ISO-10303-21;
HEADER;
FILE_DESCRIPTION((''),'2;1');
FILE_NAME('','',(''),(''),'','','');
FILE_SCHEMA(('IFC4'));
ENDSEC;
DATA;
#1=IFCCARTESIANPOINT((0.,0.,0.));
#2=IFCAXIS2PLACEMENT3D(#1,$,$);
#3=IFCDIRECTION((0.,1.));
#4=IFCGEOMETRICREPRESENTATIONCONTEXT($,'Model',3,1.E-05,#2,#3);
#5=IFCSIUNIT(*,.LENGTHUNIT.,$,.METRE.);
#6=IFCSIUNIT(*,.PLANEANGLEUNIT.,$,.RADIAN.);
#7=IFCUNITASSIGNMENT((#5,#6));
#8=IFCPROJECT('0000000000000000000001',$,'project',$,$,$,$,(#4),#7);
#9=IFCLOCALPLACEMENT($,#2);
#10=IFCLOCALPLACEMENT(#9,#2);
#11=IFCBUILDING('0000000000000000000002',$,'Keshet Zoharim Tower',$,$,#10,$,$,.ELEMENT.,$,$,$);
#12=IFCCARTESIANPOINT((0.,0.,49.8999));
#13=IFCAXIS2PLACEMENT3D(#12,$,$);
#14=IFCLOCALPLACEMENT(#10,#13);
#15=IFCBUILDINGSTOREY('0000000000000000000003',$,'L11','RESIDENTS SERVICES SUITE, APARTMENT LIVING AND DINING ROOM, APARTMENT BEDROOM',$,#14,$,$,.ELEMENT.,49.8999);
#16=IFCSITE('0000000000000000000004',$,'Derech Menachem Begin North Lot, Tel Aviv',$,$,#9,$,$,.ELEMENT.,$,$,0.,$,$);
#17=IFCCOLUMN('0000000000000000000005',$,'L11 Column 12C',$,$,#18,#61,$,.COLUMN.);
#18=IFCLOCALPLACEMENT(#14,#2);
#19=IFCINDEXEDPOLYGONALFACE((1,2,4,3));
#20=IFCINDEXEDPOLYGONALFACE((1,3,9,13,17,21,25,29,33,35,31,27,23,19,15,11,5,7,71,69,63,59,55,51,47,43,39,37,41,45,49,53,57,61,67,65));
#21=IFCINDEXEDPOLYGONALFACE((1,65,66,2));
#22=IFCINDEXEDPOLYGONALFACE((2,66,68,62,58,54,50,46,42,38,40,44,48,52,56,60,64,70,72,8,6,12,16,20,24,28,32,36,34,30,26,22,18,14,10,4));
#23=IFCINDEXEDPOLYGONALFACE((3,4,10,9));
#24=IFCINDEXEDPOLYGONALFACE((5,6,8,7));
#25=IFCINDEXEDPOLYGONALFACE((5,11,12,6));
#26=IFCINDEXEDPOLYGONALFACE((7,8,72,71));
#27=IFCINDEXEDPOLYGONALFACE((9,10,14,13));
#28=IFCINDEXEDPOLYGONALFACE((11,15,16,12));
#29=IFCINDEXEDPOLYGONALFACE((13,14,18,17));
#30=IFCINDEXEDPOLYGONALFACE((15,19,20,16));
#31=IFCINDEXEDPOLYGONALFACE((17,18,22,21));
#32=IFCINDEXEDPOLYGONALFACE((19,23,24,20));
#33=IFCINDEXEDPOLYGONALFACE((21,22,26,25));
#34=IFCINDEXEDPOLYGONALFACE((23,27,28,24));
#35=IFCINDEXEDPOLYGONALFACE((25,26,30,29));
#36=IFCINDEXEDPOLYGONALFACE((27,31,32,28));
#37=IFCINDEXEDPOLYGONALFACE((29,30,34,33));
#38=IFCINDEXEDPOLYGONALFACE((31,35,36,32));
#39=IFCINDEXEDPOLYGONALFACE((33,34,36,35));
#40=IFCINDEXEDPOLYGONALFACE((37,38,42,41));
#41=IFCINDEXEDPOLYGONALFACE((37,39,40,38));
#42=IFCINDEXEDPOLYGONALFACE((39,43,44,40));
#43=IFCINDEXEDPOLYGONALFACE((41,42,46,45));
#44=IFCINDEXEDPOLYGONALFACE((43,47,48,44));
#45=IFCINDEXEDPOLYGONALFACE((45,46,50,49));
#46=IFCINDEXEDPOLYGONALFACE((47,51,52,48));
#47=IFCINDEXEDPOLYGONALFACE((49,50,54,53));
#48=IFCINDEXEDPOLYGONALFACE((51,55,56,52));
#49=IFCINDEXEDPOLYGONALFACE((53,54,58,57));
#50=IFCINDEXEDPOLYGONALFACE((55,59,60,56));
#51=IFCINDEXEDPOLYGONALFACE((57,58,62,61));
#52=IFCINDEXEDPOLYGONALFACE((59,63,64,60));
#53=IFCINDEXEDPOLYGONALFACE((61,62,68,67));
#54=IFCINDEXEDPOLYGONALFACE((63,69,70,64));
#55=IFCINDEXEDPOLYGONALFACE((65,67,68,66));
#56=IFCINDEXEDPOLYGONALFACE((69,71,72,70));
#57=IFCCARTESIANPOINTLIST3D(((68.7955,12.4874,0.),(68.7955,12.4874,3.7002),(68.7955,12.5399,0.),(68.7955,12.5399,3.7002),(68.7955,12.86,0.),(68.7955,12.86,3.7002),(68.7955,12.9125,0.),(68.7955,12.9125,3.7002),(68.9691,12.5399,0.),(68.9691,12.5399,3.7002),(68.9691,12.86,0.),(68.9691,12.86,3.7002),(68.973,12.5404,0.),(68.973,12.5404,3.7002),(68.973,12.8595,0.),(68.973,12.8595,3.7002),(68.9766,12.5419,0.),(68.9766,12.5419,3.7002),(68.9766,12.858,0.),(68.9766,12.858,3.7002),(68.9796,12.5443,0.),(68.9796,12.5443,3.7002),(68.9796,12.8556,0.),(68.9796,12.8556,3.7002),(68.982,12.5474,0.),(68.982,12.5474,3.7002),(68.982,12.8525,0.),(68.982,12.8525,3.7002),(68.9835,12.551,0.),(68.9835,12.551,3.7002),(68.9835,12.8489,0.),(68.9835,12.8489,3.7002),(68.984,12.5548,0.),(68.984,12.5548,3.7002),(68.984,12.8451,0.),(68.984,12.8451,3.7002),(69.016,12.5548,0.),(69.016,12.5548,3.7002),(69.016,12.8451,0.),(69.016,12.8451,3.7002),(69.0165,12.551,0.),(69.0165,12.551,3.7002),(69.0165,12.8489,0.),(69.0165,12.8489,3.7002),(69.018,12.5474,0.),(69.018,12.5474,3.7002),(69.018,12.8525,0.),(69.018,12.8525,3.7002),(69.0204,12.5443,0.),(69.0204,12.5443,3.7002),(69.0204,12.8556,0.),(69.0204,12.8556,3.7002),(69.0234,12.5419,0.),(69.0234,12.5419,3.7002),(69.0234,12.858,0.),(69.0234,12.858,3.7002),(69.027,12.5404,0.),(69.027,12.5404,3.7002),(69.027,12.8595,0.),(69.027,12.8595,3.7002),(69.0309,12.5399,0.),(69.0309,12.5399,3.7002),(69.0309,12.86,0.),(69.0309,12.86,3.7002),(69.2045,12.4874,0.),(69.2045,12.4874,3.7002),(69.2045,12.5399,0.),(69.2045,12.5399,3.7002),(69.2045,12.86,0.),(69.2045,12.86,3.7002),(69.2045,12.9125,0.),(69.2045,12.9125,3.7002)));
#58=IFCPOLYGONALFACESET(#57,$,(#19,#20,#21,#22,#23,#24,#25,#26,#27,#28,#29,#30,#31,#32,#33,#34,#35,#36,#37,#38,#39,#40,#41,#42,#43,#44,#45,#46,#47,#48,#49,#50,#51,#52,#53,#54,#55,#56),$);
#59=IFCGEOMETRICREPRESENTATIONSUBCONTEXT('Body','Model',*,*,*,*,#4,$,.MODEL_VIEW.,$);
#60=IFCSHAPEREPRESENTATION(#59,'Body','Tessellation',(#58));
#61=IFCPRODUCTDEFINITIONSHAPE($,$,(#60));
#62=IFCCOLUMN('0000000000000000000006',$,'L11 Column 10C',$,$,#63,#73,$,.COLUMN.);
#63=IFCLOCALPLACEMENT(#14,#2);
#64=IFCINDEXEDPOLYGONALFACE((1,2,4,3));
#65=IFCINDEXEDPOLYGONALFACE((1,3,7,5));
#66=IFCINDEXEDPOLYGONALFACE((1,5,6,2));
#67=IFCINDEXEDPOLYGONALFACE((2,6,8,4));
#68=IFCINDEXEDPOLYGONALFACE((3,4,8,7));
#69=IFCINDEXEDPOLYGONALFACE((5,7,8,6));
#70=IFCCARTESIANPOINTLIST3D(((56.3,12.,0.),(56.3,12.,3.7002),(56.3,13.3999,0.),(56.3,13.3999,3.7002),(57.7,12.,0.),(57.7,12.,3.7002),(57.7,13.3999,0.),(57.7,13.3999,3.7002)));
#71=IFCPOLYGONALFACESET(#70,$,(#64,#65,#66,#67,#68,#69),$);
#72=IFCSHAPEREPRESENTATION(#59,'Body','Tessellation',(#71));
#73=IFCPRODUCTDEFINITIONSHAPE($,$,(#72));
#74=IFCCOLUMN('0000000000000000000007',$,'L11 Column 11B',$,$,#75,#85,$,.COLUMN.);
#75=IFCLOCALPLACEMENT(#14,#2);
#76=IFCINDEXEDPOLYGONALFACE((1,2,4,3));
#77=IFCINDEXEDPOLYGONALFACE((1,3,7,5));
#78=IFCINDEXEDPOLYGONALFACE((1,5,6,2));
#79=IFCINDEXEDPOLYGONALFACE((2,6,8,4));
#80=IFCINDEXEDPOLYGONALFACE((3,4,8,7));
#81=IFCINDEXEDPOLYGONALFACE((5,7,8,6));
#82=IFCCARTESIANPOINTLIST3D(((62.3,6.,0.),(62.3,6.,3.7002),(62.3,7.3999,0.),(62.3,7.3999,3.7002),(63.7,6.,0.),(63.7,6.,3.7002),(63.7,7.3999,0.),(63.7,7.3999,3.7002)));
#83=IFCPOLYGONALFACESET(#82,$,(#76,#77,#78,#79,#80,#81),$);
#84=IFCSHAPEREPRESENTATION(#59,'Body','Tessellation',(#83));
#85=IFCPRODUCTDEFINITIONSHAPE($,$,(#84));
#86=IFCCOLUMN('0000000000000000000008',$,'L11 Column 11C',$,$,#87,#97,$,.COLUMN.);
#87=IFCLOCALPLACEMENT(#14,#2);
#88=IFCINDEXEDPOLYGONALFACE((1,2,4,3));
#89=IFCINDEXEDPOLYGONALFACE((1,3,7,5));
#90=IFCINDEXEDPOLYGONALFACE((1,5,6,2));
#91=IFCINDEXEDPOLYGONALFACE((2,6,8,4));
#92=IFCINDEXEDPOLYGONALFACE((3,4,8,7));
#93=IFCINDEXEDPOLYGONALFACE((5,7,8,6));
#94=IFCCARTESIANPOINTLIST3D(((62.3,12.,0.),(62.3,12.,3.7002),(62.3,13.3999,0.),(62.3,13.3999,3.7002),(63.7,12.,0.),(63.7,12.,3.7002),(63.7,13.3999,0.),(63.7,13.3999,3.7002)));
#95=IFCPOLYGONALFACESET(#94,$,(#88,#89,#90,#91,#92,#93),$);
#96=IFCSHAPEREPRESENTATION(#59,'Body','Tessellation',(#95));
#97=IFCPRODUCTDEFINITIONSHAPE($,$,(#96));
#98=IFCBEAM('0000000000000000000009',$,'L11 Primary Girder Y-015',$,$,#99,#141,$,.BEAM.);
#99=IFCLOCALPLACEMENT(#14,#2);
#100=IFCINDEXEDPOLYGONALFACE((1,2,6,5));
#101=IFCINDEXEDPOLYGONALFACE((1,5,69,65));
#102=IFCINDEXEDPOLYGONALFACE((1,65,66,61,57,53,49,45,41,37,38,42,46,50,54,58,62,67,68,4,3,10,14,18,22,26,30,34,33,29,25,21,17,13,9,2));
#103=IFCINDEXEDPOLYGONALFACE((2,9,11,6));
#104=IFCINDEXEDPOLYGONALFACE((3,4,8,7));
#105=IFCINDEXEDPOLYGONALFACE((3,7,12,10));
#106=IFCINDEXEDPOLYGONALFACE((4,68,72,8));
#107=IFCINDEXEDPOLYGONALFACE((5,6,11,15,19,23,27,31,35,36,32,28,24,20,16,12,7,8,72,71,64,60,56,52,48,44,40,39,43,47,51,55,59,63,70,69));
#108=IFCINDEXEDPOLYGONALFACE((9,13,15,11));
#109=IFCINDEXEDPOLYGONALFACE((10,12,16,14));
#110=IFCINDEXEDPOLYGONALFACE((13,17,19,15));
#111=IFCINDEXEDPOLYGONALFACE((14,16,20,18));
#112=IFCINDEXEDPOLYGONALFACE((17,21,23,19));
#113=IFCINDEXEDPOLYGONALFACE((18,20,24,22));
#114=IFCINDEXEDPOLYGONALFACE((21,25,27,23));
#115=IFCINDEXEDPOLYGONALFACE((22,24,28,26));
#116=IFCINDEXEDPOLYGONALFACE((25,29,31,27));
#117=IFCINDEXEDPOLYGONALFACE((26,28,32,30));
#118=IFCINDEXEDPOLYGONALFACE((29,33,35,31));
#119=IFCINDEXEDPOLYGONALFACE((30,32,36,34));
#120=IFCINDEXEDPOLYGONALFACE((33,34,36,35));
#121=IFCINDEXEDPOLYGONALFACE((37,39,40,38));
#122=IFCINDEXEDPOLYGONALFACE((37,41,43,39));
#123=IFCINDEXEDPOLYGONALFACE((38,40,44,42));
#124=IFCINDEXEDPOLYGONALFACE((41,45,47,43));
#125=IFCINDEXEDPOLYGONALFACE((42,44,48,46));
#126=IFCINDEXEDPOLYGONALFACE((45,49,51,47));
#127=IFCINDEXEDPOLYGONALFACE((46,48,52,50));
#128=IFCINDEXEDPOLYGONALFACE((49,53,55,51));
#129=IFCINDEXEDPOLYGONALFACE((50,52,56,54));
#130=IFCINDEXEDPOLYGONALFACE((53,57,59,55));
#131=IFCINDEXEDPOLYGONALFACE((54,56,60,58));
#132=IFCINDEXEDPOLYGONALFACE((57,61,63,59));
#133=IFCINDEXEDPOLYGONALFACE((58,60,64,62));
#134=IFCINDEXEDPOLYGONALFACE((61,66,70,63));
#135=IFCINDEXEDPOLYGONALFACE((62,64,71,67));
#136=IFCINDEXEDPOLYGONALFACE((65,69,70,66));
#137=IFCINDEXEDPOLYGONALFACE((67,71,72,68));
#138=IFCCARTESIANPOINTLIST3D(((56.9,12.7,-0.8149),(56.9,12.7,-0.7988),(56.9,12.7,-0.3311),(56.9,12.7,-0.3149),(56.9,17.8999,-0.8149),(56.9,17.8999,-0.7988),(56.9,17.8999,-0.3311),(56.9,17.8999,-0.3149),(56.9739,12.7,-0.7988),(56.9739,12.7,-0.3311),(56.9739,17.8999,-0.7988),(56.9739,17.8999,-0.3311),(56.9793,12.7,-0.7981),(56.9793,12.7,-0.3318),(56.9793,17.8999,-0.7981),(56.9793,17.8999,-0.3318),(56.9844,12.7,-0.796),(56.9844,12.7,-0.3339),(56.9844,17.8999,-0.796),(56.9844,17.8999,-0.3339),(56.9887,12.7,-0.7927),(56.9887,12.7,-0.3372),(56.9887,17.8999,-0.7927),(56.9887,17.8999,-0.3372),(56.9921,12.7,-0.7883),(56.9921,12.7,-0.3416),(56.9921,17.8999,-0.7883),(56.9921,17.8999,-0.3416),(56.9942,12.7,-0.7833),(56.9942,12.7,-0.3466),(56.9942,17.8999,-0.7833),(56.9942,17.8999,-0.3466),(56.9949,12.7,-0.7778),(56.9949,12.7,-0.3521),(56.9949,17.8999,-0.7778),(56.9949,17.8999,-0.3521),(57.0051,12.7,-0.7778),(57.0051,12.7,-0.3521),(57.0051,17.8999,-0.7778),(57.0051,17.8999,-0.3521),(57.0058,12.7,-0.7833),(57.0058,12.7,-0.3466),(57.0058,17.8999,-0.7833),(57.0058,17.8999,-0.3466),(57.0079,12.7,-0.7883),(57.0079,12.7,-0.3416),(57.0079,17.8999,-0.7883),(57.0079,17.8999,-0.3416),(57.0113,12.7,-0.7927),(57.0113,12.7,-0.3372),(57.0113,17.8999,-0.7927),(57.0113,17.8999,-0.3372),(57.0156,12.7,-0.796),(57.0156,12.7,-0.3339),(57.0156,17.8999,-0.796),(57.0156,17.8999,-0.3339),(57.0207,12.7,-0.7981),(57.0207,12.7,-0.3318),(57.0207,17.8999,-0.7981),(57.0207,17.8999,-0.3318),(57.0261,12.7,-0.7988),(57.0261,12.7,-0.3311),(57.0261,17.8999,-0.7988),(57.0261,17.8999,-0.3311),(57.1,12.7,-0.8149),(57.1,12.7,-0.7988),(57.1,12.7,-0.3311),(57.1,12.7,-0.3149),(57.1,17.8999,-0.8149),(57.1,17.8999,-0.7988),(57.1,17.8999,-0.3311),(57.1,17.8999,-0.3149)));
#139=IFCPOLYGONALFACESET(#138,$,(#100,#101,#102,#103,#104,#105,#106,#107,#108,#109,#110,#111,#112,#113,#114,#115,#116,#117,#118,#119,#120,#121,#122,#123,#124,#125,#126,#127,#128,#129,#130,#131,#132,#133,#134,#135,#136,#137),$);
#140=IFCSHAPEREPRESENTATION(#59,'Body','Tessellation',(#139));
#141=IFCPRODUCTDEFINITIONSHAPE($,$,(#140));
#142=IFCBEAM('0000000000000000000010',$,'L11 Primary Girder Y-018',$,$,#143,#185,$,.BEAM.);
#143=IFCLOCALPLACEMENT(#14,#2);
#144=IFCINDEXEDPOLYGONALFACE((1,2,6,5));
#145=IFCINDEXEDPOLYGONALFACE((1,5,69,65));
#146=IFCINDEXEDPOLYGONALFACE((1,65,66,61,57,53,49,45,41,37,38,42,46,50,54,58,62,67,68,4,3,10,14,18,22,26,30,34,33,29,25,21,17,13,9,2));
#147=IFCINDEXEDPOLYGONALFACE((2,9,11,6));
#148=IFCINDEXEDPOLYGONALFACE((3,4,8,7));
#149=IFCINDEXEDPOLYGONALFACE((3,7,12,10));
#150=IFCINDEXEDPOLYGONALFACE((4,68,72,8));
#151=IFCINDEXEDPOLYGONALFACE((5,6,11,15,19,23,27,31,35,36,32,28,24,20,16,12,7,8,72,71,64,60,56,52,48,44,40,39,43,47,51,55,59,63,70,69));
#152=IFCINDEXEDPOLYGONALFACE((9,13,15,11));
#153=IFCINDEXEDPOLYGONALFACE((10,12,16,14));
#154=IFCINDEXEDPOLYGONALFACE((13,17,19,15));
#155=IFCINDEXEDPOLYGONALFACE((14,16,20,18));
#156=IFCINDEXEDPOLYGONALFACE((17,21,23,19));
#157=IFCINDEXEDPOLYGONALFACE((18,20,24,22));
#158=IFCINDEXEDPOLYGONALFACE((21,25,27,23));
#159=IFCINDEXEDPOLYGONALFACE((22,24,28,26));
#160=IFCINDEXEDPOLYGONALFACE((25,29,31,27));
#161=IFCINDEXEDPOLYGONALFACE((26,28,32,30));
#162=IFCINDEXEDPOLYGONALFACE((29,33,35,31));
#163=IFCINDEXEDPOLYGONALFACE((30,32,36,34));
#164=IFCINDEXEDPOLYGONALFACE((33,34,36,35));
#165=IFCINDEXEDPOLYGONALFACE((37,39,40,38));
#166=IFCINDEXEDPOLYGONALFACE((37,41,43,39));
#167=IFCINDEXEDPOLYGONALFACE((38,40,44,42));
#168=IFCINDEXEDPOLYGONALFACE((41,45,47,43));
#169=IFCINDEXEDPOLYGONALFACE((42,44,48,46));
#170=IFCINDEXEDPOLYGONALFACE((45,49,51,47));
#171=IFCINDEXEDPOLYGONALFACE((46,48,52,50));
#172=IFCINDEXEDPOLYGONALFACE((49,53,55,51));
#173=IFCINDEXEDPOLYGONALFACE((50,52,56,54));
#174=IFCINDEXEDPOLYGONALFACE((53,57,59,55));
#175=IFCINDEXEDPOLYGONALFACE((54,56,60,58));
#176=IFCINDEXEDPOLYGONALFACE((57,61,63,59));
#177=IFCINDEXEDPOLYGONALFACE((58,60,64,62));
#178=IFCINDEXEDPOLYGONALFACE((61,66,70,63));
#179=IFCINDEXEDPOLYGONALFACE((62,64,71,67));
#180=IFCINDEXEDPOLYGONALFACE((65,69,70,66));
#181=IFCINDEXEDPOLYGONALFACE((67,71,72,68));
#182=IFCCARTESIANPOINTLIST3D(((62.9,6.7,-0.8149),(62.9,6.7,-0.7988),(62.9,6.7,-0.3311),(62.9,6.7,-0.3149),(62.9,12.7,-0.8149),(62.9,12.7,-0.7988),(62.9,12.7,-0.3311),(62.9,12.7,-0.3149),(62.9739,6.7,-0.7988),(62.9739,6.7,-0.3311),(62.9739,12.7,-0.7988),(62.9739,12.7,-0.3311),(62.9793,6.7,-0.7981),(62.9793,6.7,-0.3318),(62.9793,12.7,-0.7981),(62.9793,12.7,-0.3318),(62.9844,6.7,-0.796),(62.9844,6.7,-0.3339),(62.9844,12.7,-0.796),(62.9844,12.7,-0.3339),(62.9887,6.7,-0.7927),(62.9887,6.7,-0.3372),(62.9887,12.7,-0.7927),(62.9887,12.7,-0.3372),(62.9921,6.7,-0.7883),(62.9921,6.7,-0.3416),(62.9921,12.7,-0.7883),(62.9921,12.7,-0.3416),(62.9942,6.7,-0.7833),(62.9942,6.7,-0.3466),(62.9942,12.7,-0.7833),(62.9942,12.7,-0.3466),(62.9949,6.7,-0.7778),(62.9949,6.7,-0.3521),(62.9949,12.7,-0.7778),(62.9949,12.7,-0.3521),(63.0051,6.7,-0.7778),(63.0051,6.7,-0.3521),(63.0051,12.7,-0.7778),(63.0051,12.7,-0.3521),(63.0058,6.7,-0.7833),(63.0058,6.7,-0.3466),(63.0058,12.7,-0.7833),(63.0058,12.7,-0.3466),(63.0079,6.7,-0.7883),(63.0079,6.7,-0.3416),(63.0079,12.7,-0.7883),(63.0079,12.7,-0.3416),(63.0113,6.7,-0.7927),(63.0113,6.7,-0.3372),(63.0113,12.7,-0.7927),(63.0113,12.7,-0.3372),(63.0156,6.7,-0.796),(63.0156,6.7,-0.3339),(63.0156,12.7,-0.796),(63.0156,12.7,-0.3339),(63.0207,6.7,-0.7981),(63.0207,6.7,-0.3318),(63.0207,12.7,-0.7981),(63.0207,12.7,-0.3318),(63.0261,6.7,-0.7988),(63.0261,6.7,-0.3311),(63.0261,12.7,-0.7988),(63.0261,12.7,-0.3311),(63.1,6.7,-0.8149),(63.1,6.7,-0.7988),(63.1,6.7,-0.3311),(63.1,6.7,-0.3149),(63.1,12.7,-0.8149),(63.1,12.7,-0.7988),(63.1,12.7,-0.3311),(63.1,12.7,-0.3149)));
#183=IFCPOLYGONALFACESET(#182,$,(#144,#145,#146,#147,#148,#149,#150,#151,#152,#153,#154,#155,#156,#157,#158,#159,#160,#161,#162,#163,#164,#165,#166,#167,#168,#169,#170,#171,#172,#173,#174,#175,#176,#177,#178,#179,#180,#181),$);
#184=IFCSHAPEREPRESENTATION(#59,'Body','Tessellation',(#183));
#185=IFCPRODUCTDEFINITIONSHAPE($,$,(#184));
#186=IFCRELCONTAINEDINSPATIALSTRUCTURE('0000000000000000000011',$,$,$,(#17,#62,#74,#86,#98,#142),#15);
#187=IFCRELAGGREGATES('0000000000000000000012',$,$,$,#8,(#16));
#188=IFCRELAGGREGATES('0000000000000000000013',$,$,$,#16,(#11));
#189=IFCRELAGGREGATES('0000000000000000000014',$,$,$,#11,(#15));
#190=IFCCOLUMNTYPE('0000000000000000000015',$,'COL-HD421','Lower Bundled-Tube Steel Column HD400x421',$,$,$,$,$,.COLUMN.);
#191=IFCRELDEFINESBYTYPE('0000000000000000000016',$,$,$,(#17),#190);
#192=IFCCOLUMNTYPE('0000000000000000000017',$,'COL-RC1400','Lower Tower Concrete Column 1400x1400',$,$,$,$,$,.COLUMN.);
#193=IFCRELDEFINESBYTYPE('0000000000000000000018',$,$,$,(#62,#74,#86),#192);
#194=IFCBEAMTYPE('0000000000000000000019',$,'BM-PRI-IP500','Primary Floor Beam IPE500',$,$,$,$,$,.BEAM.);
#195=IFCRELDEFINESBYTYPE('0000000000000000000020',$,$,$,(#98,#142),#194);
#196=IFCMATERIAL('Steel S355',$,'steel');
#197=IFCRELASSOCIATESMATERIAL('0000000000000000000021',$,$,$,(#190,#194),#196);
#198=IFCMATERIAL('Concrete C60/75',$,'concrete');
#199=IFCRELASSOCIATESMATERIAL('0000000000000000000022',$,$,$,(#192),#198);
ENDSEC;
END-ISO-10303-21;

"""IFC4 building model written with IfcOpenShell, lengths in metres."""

from ifc_helpers import new_model, si_unit, direction, frame, origin, origin_2d, place, context, subcontext, project, spatial, rectangle, i_section, extrude, material, material_profile, profile_set, type_object, element, save


model = new_model("IFC4")

# Units and contexts
model_context = context("Model", 3, precision=1e-05, world=origin(), true_north=direction((0.0, 1.0)))
body_context = subcontext(model_context, "Body", "Model", "MODEL_VIEW")
ifc_project = project(units=[si_unit("LENGTHUNIT", "METRE"), si_unit("PLANEANGLEUNIT", "RADIAN")], contexts=[model_context])

# Site, building, storey
site_placement = place(None, origin())
site = spatial("IfcSite", under=ifc_project, at=site_placement, Name="Derech Menachem Begin North Lot, Tel Aviv", CompositionType="ELEMENT", RefElevation=0.0)
building_placement = place(site_placement, origin())
building = spatial("IfcBuilding", under=site, at=building_placement, Name="Keshet Zoharim Tower", CompositionType="ELEMENT")
storey_placement = place(building_placement, frame((0.0, 0.0, 49.8999)))
storey = spatial("IfcBuildingStorey", under=building, at=storey_placement, Name="L11", Description="RESIDENTS SERVICES SUITE, APARTMENT LIVING AND DINING ROOM, APARTMENT BEDROOM", CompositionType="ELEMENT", Elevation=49.8999)

# Columns
ifc_material_1 = material(Name="Steel S355", Category="steel")
ifc_material_profile_1 = material_profile(ifc_material_1, i_section(OverallWidth=0.4089, OverallDepth=0.425, WebThickness=0.032, FlangeThickness=0.0525, FilletRadius=0.0149, at=origin_2d()), Name="HD400x421")
ifc_profile_set_1 = profile_set([ifc_material_profile_1], Name="Steel S355")
column_type_1 = type_object("IfcColumnType", Name="COL-HD421", Description="Lower Bundled-Tube Steel Column HD400x421", PredefinedType="COLUMN", material=ifc_profile_set_1)
column_placement = place(storey_placement, frame((69.0, 12.7, 0.0), z_axis=(0.0, 0.0, 1.0), x_axis=(1.0, 0.0, 0.0)))
element("IfcColumn", 1, at=column_placement, inside=storey, type_object=column_type_1, Name="L11 Column 12C", PredefinedType="COLUMN", context=body_context, shape_type="SweptSolid", body=[
    extrude(i_section(OverallWidth=0.4089, OverallDepth=0.425, WebThickness=0.032, FlangeThickness=0.0525, FilletRadius=0.0149, at=origin_2d()), origin(), (0.0, 0.0, 1.0), 3.7002),
])
ifc_material_2 = material(Name="Concrete C60/75", Category="concrete")
ifc_material_profile_2 = material_profile(ifc_material_2, rectangle(XDim=1.3999, YDim=1.3999, at=origin_2d()), Name="RC1400x1400")
ifc_profile_set_2 = profile_set([ifc_material_profile_2], Name="Concrete C60/75")
column_type_2 = type_object("IfcColumnType", Name="COL-RC1400", Description="Lower Tower Concrete Column 1400x1400", PredefinedType="COLUMN", material=ifc_profile_set_2)
for number, where, z_axis, x_axis, name in (
    (2, (57.0, 12.7, 0.0), (0.0, 0.0, 1.0), (1.0, 0.0, 0.0), "L11 Column 10C"),
    (3, (63.0, 6.7, 0.0), (0.0, 0.0, 1.0), (1.0, 0.0, 0.0), "L11 Column 11B"),
    (4, (63.0, 12.7, 0.0), (0.0, 0.0, 1.0), (1.0, 0.0, 0.0), "L11 Column 11C"),
):
    element("IfcColumn", number, at=place(storey_placement, frame(where, z_axis=z_axis, x_axis=x_axis)), inside=storey, type_object=column_type_2, Name=name, PredefinedType="COLUMN", context=body_context, shape_type="SweptSolid", body=[
        extrude(rectangle(XDim=1.3999, YDim=1.3999, at=origin_2d()), origin(), (0.0, 0.0, 1.0), 3.7002),
    ])

# Beams
ifc_material_profile_3 = material_profile(ifc_material_1, i_section(OverallWidth=0.2, OverallDepth=0.5, WebThickness=0.0103, FlangeThickness=0.0161, FilletRadius=0.021, at=origin_2d()), Name="IPE500")
ifc_profile_set_3 = profile_set([ifc_material_profile_3], Name="Steel S355")
beam_type_1 = type_object("IfcBeamType", Name="BM-PRI-IP500", Description="Primary Floor Beam IPE500", PredefinedType="BEAM", material=ifc_profile_set_3)
beam_1_placement = place(storey_placement, frame((57.0, 12.7, -0.5649), z_axis=(0.0, 1.0, 0.0), x_axis=(-1.0, 0.0, 0.0)))
element("IfcBeam", 5, at=beam_1_placement, inside=storey, type_object=beam_type_1, Name="L11 Primary Girder Y-015", PredefinedType="BEAM", context=body_context, shape_type="SweptSolid", body=[
    extrude(i_section(OverallWidth=0.2, OverallDepth=0.5, WebThickness=0.0103, FlangeThickness=0.0161, FilletRadius=0.021, at=origin_2d()), origin(), (0.0, 0.0, 1.0), 5.2),
])
beam_2_placement = place(storey_placement, frame((63.0, 6.7, -0.5649), z_axis=(0.0, 1.0, 0.0), x_axis=(-1.0, 0.0, 0.0)))
element("IfcBeam", 6, at=beam_2_placement, inside=storey, type_object=beam_type_1, Name="L11 Primary Girder Y-018", PredefinedType="BEAM", context=body_context, shape_type="SweptSolid", body=[
    extrude(i_section(OverallWidth=0.2, OverallDepth=0.5, WebThickness=0.0103, FlangeThickness=0.0161, FilletRadius=0.021, at=origin_2d()), origin(), (0.0, 0.0, 1.0), 6.0),
])

save(model, "model.ifc")
